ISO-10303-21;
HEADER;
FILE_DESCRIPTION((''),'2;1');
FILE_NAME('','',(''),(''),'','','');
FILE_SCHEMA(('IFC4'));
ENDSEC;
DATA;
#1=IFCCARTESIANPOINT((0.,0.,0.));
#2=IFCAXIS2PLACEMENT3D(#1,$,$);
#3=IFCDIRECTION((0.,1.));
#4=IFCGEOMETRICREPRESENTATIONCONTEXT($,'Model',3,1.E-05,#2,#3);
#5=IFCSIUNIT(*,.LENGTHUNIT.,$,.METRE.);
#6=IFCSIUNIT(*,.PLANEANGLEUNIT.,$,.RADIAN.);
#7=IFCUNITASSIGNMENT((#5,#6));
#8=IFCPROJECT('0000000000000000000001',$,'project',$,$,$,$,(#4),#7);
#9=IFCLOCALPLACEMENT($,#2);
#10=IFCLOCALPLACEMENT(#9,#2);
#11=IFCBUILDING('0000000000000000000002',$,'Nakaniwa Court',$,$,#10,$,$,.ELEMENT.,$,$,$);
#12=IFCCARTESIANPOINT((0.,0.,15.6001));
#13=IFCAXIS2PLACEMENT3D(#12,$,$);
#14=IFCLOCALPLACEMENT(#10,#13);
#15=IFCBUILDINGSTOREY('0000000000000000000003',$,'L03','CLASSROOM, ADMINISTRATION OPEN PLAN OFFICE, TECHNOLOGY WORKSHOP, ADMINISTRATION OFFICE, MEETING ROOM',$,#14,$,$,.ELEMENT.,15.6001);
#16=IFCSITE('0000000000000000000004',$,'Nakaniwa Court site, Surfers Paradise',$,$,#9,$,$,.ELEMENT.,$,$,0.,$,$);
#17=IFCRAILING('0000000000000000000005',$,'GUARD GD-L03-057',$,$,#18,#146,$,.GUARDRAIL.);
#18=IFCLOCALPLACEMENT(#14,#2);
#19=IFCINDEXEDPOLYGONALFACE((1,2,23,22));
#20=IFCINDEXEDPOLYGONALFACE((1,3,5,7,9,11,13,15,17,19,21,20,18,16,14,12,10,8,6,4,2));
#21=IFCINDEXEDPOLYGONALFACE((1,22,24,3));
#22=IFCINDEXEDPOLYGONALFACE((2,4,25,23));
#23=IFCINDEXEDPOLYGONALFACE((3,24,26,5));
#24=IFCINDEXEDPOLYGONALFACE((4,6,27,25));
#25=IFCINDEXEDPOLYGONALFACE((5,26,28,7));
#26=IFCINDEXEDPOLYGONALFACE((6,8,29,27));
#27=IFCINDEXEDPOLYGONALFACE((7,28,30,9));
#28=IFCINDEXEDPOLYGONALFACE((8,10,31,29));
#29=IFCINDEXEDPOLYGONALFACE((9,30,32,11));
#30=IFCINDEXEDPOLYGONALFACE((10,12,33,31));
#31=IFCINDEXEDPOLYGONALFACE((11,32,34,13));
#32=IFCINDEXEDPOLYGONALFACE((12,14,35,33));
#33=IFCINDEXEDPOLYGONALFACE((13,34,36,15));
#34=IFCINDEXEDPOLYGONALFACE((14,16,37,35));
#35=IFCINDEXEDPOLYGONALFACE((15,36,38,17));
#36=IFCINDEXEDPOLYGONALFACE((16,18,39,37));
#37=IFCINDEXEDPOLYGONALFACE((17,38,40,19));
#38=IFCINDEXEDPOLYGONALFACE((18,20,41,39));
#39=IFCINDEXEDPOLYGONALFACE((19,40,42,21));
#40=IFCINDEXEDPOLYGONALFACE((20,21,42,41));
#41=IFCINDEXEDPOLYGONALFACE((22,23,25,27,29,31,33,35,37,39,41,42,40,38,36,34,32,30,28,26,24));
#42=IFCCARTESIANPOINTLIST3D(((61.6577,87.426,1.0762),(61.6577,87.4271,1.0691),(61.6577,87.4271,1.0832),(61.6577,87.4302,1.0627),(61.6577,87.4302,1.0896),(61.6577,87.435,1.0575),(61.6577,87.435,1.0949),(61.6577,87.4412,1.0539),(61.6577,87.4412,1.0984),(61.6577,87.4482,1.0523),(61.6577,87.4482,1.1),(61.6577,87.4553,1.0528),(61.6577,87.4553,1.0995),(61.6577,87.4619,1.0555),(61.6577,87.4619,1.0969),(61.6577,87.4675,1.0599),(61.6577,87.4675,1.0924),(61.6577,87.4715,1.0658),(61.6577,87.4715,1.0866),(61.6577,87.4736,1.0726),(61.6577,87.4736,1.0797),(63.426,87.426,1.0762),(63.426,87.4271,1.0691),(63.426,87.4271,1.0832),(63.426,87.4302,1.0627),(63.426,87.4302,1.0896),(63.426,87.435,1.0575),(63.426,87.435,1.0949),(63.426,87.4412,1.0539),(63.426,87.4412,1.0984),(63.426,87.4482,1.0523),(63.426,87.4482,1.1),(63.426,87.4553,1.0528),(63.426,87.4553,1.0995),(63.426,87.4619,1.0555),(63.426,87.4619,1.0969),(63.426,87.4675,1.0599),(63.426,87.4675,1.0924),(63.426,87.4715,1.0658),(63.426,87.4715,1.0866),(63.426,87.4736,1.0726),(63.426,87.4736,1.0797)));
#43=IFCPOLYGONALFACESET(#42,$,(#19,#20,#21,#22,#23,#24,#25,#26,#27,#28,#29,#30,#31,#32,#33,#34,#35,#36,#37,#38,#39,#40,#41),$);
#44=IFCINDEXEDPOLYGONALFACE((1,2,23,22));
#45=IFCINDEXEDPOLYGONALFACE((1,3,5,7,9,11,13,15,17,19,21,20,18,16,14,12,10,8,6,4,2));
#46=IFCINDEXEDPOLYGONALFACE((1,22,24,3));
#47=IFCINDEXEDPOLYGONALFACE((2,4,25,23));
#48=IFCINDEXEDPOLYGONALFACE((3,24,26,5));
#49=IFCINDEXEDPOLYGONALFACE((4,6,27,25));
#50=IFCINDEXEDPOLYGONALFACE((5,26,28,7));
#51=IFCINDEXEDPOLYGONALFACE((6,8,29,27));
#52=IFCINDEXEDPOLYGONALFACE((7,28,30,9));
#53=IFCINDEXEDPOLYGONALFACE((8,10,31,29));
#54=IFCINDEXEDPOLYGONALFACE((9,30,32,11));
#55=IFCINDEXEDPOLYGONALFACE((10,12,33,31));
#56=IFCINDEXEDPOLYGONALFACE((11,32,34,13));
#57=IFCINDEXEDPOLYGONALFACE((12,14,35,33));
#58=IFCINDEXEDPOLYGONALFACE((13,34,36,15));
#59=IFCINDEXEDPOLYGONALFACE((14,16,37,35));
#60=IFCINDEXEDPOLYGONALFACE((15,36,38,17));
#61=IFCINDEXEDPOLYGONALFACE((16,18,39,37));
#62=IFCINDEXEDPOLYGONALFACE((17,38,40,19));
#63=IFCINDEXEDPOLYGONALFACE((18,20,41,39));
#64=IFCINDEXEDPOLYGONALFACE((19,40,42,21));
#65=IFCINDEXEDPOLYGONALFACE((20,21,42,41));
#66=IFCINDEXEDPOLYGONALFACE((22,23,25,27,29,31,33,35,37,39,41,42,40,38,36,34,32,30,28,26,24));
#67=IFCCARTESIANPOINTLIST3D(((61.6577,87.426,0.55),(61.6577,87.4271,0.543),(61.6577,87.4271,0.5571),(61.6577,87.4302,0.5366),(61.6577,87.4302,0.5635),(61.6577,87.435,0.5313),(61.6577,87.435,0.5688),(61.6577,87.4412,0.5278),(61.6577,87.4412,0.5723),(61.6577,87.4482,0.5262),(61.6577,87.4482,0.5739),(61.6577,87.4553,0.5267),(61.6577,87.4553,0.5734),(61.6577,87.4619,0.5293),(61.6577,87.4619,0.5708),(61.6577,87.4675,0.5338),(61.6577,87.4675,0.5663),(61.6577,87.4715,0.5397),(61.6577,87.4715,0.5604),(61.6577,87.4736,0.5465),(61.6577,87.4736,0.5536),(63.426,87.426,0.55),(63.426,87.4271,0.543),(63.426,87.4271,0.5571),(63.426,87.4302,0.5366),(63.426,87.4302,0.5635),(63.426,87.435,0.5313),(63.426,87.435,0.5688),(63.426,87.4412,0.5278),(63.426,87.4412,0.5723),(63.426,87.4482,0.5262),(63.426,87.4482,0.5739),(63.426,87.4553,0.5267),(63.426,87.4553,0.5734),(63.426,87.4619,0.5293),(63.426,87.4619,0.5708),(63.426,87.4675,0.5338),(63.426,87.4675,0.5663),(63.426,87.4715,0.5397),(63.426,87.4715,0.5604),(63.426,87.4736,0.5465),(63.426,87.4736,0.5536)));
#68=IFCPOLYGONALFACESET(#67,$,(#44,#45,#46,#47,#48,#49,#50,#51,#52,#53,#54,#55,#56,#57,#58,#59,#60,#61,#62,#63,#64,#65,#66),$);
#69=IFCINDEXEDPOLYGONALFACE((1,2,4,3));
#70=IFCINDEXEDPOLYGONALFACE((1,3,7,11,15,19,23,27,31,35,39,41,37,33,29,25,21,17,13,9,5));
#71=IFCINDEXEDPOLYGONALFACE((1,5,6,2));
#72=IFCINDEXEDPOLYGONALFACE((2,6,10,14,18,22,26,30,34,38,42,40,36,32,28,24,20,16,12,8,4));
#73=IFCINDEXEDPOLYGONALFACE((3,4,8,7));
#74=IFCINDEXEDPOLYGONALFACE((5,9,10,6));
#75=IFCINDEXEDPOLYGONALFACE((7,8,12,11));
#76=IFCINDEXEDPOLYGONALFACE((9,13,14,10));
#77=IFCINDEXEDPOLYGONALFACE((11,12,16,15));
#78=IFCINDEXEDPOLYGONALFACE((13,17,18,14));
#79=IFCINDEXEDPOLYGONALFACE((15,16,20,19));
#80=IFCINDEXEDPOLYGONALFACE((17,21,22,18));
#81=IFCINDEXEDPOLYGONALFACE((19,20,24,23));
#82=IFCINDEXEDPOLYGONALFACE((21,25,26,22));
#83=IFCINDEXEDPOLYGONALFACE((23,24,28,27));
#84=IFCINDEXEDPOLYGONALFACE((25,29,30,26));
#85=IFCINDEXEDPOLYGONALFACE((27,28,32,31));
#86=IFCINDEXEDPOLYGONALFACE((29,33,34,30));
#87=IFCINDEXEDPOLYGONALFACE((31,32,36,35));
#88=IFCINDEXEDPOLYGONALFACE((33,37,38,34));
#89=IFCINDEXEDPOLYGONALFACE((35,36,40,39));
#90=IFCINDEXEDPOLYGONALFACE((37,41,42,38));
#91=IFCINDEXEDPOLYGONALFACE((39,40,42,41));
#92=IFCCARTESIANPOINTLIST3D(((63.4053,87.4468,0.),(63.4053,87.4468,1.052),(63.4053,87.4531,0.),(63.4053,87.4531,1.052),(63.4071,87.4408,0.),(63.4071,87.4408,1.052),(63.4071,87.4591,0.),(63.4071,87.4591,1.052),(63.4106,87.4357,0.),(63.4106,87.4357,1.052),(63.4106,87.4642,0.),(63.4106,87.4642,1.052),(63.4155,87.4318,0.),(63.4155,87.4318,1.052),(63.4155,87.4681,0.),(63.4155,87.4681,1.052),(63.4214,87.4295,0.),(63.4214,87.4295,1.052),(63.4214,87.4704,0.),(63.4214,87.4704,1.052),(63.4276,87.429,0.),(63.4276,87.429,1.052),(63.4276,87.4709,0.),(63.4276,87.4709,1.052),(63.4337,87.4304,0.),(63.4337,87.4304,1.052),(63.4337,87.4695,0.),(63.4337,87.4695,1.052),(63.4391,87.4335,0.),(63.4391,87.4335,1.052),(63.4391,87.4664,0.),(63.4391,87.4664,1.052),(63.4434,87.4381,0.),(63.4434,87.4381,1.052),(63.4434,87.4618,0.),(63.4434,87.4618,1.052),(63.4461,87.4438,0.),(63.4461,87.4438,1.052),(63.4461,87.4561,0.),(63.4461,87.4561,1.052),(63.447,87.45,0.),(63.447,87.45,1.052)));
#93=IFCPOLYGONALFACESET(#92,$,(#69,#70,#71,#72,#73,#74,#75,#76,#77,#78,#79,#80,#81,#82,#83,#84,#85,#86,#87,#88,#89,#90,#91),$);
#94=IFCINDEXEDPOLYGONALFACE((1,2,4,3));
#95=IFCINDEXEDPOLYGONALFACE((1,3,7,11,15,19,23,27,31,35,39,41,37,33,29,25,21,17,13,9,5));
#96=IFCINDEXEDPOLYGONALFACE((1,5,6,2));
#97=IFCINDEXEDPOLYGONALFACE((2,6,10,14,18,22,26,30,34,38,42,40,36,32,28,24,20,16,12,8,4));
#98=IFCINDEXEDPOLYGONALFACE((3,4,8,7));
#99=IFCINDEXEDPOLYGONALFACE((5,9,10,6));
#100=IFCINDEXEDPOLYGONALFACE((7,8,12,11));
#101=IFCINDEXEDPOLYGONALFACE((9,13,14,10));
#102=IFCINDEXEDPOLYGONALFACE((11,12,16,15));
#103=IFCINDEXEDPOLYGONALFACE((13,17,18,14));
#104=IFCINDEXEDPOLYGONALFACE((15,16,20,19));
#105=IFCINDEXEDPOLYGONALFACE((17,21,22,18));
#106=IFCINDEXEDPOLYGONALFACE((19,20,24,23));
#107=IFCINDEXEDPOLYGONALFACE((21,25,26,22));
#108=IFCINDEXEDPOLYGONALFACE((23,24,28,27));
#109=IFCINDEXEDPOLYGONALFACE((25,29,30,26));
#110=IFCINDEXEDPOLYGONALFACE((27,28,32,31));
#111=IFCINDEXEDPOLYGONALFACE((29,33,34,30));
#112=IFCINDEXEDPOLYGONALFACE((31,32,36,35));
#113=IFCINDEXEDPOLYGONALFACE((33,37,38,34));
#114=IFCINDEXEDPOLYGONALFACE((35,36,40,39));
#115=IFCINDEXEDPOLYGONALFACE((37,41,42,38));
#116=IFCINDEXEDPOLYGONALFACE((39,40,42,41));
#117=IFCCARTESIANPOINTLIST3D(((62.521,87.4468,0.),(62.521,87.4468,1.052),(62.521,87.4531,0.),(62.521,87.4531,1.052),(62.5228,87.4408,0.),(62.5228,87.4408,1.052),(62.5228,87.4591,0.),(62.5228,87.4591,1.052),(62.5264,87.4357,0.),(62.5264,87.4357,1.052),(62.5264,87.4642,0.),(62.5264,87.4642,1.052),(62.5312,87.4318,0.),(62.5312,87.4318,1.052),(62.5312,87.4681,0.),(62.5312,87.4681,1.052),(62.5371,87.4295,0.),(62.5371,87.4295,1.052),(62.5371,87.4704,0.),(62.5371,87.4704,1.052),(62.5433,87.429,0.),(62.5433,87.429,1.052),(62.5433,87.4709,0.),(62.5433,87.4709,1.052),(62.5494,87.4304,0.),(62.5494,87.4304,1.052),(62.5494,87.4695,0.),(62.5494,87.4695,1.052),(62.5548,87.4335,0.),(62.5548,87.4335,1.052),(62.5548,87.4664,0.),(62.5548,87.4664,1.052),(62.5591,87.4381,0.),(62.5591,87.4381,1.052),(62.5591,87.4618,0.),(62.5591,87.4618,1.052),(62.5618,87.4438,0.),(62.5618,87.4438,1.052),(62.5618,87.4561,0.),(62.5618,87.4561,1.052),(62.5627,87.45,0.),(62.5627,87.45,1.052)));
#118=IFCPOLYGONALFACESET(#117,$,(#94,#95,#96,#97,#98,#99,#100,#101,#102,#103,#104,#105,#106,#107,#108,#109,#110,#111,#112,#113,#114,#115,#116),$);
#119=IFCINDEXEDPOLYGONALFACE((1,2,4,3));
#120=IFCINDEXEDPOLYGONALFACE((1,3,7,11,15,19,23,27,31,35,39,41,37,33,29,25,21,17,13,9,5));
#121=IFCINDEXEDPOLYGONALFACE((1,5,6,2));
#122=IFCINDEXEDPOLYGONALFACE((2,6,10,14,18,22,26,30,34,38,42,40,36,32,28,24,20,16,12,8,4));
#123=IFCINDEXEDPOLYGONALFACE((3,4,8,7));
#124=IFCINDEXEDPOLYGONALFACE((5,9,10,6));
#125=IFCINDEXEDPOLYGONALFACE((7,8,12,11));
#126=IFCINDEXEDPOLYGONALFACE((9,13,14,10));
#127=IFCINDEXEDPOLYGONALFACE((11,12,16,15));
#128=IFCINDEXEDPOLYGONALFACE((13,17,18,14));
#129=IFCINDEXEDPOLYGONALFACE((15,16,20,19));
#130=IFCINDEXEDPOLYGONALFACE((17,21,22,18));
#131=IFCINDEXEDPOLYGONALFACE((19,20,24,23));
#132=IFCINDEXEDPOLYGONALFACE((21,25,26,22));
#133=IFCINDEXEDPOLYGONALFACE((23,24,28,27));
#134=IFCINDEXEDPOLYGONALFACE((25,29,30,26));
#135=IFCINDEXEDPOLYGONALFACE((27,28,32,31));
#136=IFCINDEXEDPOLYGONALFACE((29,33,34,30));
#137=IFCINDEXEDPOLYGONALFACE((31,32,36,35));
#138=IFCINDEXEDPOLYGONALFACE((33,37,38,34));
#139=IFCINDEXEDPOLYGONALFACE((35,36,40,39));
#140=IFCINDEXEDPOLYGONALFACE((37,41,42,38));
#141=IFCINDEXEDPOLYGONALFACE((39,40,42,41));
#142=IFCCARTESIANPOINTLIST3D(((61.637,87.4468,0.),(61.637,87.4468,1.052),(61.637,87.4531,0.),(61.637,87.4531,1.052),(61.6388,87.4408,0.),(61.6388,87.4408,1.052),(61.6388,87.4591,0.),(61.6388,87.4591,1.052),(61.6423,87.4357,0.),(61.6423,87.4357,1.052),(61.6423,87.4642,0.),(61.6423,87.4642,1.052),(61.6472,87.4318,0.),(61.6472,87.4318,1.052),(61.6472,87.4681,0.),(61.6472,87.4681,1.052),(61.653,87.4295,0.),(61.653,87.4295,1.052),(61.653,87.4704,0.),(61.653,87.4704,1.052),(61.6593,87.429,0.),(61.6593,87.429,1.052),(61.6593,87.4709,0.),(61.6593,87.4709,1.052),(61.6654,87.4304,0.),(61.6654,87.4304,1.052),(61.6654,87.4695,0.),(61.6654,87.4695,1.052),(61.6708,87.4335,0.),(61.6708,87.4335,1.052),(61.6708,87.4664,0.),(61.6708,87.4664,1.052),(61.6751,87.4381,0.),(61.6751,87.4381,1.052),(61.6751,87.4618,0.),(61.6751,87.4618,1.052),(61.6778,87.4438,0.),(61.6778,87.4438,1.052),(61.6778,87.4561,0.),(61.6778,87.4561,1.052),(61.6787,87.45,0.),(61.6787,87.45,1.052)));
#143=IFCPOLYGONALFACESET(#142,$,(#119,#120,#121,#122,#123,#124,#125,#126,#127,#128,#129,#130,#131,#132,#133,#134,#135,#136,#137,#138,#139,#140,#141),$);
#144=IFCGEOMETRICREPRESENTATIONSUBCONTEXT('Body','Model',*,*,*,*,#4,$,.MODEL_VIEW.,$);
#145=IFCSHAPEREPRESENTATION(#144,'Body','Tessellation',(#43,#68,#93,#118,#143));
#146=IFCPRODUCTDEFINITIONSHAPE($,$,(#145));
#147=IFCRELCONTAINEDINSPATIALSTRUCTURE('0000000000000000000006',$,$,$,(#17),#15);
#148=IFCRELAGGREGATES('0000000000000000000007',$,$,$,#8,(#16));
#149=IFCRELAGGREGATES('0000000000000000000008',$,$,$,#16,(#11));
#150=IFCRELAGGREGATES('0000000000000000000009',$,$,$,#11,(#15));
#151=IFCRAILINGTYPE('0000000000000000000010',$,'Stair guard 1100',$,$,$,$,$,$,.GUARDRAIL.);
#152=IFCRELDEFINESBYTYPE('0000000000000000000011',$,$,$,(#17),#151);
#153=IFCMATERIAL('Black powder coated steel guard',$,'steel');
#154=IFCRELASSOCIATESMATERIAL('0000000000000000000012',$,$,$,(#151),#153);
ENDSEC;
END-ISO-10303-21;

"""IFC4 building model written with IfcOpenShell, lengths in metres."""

from ifc_helpers import new_model, si_unit, direction, frame, origin, origin_2d, place, context, subcontext, project, spatial, circle, extrude, material, type_object, element, save


model = new_model("IFC4")

# Units and contexts
model_context = context("Model", 3, precision=1e-05, world=origin(), true_north=direction((0.0, 1.0)))
body_context = subcontext(model_context, "Body", "Model", "MODEL_VIEW")
ifc_project = project(units=[si_unit("LENGTHUNIT", "METRE"), si_unit("PLANEANGLEUNIT", "RADIAN")], contexts=[model_context])

# Site, building, storey
site_placement = place(None, origin())
site = spatial("IfcSite", under=ifc_project, at=site_placement, Name="Nakaniwa Court site, Surfers Paradise", CompositionType="ELEMENT", RefElevation=0.0)
building_placement = place(site_placement, origin())
building = spatial("IfcBuilding", under=site, at=building_placement, Name="Nakaniwa Court", CompositionType="ELEMENT")
storey_placement = place(building_placement, frame((0.0, 0.0, 15.6001)))
storey = spatial("IfcBuildingStorey", under=building, at=storey_placement, Name="L03", Description="CLASSROOM, ADMINISTRATION OPEN PLAN OFFICE, TECHNOLOGY WORKSHOP, ADMINISTRATION OFFICE, MEETING ROOM", CompositionType="ELEMENT", Elevation=15.6001)

# Railing
ifc_material_1 = material(Name="Black powder coated steel guard", Category="steel")
railing_type = type_object("IfcRailingType", Name="Stair guard 1100", PredefinedType="GUARDRAIL", material=ifc_material_1)
railing_1_placement = place(storey_placement, frame((63.426, 87.45, 0.0)))
element("IfcRailing", 1, at=railing_1_placement, inside=storey, type_object=railing_type, Name="GUARD GD-L03-057", PredefinedType="GUARDRAIL", context=body_context, shape_type="SweptSolid", body=[
    extrude(circle(Radius=0.0239, at=origin_2d()), frame((0.0, 0.0, 1.0762), z_axis=(-1.0, 0.0, 0.0), x_axis=(0.0, -1.0, 0.0)), (0.0, 0.0, 1.0), 1.7683),
    extrude(circle(Radius=0.0239, at=origin_2d()), frame((0.0, 0.0, 0.55), z_axis=(-1.0, 0.0, 0.0), x_axis=(0.0, -1.0, 0.0)), (0.0, 0.0, 1.0), 1.7683),
    extrude(circle(Radius=0.021, at=origin_2d()), origin(), (0.0, 0.0, 1.0), 1.052),
    extrude(circle(Radius=0.021, at=origin_2d()), frame((-0.8843, 0.0, 0.0)), (0.0, 0.0, 1.0), 1.052),
    extrude(circle(Radius=0.021, at=origin_2d()), frame((-1.7683, 0.0, 0.0)), (0.0, 0.0, 1.0), 1.052),
])

save(model, "model.ifc")
